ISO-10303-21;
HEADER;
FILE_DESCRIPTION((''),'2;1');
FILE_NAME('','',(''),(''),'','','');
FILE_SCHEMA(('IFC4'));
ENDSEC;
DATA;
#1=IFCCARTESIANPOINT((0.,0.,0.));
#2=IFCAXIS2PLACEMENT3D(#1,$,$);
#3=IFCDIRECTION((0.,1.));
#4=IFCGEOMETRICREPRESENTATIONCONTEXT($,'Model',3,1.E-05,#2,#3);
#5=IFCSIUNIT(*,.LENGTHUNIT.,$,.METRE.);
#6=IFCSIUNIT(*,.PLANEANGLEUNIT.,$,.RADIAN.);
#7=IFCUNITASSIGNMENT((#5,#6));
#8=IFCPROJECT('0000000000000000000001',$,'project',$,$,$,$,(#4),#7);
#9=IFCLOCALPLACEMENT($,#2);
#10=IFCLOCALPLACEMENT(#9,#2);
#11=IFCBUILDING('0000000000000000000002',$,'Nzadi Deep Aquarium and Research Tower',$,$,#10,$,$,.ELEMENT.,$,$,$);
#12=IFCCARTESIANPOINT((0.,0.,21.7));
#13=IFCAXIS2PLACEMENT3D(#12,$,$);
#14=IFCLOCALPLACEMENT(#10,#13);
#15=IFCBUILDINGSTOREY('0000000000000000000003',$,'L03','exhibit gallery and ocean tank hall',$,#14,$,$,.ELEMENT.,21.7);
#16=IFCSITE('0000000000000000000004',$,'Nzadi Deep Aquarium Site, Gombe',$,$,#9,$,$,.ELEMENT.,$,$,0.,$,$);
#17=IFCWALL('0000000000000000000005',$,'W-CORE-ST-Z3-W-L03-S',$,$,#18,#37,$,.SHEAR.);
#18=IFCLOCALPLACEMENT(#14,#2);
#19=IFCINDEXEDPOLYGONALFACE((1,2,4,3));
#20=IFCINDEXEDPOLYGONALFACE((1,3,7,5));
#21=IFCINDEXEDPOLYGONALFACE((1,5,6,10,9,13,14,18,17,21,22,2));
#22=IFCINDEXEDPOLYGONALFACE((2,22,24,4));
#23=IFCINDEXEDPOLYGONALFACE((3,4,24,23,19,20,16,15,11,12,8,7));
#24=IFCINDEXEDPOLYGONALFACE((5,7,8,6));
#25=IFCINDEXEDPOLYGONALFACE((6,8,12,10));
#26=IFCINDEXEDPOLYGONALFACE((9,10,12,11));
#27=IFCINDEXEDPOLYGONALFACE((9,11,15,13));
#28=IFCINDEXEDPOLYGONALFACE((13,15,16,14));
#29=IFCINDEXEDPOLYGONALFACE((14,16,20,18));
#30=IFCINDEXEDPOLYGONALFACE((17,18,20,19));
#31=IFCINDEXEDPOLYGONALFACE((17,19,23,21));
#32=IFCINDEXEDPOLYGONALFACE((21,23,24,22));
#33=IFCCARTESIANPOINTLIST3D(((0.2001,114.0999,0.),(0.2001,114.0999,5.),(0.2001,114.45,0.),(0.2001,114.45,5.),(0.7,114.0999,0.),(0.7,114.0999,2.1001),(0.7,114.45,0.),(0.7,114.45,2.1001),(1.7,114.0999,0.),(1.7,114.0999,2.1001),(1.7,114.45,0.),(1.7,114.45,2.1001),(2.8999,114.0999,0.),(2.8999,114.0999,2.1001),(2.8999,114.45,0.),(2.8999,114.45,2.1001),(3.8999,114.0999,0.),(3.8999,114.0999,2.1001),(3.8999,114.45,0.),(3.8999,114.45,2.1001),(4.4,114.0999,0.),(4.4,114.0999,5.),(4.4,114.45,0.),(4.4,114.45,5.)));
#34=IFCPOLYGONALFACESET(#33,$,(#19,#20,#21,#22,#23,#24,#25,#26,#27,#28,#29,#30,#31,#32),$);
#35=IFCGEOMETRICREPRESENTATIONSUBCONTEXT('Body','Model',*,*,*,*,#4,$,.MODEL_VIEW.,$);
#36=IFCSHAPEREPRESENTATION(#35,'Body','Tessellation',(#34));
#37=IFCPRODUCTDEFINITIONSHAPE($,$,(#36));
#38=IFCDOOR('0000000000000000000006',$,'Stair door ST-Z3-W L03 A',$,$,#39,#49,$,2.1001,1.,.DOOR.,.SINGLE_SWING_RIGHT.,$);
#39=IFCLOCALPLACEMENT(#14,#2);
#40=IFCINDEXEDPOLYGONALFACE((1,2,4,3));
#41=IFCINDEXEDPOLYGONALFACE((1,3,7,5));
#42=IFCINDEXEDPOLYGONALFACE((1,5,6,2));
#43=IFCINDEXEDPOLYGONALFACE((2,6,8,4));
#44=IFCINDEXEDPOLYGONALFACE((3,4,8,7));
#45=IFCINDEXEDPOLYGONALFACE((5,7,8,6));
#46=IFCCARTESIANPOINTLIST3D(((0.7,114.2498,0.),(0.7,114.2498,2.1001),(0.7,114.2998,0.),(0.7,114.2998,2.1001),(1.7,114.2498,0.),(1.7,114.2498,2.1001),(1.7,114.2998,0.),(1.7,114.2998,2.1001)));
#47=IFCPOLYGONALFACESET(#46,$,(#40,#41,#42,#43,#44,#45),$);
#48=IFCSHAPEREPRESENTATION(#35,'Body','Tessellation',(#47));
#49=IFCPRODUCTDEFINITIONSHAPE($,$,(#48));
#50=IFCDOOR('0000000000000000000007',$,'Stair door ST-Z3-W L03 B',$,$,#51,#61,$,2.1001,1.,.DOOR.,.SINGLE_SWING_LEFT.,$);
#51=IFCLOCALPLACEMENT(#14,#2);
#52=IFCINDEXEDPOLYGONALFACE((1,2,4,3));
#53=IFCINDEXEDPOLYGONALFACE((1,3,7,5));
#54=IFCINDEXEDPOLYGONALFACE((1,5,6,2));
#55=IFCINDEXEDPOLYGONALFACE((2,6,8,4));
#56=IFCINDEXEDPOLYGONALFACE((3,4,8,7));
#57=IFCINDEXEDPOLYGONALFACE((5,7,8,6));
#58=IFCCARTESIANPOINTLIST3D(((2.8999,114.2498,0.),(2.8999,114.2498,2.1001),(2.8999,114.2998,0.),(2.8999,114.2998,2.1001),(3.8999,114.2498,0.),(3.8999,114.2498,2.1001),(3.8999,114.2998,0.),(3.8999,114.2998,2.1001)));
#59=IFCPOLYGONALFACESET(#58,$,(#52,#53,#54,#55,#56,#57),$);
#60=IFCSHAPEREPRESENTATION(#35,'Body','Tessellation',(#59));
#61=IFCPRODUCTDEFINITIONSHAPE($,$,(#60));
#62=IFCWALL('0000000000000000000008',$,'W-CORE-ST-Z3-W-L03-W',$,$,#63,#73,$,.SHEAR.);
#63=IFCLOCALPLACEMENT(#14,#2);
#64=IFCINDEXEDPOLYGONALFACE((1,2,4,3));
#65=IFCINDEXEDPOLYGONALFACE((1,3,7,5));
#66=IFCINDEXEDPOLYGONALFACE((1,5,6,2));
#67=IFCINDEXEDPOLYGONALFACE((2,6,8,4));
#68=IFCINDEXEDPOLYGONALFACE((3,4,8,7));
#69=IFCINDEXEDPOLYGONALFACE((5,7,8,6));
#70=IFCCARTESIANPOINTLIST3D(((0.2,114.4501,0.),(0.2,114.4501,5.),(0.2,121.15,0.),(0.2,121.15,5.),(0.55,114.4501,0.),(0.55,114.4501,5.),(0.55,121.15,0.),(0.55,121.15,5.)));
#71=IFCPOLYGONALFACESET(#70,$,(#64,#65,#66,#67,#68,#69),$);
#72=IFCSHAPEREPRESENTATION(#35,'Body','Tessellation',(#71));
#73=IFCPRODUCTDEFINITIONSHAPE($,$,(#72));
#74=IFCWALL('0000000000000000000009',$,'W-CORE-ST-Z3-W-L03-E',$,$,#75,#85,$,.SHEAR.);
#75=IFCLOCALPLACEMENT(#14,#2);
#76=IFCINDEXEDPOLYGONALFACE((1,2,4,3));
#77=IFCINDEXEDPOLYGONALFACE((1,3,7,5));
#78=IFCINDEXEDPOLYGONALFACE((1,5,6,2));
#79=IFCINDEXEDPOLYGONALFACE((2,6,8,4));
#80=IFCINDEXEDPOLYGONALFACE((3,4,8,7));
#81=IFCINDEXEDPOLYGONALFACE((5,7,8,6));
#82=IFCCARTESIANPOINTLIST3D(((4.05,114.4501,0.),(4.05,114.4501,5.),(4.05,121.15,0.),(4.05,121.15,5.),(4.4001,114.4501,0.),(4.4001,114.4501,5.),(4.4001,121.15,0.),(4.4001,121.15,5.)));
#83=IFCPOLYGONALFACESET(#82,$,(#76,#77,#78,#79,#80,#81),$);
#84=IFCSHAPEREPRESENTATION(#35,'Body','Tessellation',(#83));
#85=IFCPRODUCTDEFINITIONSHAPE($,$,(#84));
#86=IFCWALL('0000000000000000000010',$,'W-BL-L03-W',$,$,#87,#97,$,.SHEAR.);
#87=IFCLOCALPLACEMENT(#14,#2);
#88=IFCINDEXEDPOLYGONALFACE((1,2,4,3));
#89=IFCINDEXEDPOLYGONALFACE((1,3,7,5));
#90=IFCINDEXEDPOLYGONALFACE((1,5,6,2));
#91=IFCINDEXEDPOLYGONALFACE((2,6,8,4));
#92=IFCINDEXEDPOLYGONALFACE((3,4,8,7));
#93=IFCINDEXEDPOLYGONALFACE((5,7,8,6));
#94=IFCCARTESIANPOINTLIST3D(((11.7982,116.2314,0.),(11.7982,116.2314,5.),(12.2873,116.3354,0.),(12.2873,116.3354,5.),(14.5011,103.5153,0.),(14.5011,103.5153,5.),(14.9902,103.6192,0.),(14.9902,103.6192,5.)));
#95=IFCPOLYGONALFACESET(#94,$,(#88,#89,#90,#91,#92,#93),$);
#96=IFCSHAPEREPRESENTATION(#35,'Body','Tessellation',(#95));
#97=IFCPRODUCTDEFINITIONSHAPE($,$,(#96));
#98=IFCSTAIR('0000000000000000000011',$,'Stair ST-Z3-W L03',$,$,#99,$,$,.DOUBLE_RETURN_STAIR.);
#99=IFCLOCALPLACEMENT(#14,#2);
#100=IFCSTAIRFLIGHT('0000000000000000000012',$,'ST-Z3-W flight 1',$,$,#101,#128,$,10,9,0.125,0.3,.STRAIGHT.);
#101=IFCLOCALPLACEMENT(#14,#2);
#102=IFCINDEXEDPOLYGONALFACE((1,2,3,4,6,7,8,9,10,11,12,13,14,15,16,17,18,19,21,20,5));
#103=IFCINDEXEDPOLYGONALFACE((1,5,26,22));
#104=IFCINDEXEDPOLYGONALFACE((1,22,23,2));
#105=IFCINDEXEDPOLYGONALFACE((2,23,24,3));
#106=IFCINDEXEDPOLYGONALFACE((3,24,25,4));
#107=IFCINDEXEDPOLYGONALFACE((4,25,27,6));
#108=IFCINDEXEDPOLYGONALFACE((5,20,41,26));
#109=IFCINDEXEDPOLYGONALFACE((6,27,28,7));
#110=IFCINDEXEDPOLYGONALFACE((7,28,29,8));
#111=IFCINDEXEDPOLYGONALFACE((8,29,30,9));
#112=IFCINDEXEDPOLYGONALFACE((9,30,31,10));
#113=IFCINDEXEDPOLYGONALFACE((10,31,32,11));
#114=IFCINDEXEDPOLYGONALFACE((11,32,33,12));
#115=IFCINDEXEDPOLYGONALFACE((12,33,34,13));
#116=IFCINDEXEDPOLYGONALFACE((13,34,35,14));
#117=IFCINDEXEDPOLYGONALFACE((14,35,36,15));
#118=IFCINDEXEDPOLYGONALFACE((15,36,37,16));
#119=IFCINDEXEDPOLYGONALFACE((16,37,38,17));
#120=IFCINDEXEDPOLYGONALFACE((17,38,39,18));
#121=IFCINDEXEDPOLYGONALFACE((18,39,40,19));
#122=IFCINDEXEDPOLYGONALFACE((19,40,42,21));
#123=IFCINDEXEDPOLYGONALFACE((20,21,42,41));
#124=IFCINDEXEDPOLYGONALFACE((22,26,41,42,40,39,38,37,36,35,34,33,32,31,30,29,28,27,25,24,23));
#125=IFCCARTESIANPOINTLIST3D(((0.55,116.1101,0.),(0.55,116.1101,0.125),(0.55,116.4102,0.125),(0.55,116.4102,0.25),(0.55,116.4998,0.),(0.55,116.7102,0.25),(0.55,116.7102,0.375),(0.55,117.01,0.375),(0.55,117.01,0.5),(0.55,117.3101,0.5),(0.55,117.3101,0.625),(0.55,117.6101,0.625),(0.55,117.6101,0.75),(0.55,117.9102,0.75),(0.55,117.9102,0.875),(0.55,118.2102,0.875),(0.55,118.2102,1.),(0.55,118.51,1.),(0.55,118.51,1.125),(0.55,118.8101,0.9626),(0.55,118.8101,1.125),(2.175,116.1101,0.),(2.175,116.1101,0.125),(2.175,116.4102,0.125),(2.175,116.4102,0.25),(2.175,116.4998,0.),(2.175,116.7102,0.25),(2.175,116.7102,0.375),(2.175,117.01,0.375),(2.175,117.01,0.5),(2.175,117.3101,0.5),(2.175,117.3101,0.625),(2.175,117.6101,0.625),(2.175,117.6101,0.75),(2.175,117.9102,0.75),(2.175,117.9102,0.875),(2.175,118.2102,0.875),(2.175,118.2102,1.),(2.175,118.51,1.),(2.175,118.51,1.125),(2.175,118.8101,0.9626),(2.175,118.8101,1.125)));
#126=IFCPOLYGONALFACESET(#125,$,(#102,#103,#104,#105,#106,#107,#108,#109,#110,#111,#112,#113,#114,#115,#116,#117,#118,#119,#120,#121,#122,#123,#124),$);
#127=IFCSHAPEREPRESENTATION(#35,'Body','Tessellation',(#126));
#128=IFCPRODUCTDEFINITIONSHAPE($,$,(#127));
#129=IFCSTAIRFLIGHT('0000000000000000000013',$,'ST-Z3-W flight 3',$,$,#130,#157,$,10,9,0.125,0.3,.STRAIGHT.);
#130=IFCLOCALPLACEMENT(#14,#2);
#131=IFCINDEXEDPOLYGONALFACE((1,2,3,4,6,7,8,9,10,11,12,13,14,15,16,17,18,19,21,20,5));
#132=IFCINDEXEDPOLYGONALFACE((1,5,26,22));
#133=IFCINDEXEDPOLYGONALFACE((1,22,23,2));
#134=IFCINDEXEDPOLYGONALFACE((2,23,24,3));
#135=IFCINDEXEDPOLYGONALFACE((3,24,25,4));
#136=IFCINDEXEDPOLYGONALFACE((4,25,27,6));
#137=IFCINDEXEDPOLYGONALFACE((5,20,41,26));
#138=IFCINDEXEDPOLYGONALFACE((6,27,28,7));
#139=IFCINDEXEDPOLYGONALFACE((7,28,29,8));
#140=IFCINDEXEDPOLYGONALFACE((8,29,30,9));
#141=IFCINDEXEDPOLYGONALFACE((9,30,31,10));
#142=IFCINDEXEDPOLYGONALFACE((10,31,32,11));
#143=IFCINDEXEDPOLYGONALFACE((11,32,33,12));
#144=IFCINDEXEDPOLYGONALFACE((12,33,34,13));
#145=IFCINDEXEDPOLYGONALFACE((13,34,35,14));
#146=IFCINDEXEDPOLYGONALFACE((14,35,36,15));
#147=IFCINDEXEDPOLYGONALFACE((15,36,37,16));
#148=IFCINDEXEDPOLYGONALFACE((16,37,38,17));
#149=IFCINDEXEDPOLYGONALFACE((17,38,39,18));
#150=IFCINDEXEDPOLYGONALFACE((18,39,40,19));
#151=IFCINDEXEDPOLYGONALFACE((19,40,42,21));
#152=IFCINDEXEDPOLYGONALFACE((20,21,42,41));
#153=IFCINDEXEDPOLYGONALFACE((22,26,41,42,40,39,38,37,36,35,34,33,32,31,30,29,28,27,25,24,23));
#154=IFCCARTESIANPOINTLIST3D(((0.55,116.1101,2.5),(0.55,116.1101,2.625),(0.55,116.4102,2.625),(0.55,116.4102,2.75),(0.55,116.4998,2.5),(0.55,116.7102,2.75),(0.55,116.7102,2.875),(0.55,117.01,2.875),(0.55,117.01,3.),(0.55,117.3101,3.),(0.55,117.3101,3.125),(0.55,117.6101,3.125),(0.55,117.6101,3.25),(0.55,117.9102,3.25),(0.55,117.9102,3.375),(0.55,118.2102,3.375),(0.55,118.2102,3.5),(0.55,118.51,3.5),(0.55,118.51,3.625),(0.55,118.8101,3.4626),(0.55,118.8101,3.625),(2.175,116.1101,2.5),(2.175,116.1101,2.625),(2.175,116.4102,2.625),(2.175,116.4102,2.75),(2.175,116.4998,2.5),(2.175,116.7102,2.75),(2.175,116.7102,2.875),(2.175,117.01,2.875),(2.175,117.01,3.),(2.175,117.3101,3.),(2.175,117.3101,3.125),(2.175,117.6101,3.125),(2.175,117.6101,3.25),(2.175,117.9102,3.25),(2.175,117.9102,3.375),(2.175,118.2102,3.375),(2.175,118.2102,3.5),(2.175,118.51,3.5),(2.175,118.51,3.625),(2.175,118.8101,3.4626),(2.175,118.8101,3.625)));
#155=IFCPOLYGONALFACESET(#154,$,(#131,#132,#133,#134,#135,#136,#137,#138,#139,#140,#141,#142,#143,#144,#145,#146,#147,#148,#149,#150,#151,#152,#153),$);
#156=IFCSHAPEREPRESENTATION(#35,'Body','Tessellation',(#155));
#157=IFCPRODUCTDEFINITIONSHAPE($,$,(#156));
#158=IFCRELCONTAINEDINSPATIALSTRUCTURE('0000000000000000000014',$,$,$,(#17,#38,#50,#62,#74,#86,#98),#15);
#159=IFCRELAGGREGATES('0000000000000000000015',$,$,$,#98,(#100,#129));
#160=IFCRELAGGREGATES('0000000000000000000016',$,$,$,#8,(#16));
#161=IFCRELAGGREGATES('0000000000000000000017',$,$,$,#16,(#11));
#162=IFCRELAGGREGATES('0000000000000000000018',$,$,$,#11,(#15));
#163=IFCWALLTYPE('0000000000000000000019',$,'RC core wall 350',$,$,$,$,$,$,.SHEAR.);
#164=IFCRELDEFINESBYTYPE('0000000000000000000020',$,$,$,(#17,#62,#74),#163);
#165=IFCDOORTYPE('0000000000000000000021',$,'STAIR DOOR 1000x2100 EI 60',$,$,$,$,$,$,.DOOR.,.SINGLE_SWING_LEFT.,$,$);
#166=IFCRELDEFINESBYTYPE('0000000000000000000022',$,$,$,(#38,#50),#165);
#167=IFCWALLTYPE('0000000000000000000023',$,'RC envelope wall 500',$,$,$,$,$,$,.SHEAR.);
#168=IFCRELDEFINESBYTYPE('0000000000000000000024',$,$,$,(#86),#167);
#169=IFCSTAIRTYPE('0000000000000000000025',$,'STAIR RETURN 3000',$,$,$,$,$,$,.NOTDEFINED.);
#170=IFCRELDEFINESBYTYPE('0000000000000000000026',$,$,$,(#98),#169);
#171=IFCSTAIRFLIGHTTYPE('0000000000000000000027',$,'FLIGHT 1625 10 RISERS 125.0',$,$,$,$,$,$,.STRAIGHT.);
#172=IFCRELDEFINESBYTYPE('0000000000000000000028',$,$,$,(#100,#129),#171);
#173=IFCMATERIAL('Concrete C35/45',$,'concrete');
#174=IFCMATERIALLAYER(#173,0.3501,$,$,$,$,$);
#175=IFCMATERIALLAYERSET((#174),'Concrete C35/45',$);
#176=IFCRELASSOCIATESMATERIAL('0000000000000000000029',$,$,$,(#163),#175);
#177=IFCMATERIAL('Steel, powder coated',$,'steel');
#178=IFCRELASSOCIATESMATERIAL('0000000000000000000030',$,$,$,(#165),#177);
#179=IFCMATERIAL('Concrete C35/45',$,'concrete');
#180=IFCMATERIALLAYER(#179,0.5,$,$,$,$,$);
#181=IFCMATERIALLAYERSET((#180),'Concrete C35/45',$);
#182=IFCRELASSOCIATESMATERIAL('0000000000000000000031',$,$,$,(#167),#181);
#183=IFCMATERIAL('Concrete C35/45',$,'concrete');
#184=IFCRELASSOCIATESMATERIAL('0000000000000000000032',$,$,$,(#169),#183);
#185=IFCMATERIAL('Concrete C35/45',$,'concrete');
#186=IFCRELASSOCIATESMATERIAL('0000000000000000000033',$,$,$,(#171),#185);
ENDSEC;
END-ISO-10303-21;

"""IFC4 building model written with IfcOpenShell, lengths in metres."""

from ifc_helpers import new_model, si_unit, direction, frame, frame_2d, origin, place, context, subcontext, project, spatial, polyline, rectangle, outline, extrude, material, layer, layer_set, type_object, element, fill, aggregate, save


model = new_model("IFC4")

# Units and contexts
model_context = context("Model", 3, precision=1e-05, world=origin(), true_north=direction((0.0, 1.0)))
body_context = subcontext(model_context, "Body", "Model", "MODEL_VIEW")
ifc_project = project(units=[si_unit("LENGTHUNIT", "METRE"), si_unit("PLANEANGLEUNIT", "RADIAN")], contexts=[model_context])

# Site, building, storey
site_placement = place(None, origin())
site = spatial("IfcSite", under=ifc_project, at=site_placement, Name="Nzadi Deep Aquarium Site, Gombe", CompositionType="ELEMENT", RefElevation=0.0)
building_placement = place(site_placement, origin())
building = spatial("IfcBuilding", under=site, at=building_placement, Name="Nzadi Deep Aquarium and Research Tower", CompositionType="ELEMENT")
storey_placement = place(building_placement, frame((0.0, 0.0, 21.7)))
storey = spatial("IfcBuildingStorey", under=building, at=storey_placement, Name="L03", Description="exhibit gallery and ocean tank hall", CompositionType="ELEMENT", Elevation=21.7)

# Wall, openings, doors
ifc_material_1 = material(Name="Concrete C35/45", Category="concrete")
ifc_layer_1 = layer(ifc_material_1, 0.3501)
ifc_layer_set_1 = layer_set([ifc_layer_1], Name="Concrete C35/45")
wall_type_1 = type_object("IfcWallType", Name="RC core wall 350", PredefinedType="SHEAR", material=ifc_layer_set_1)
wall_1_placement = place(storey_placement, frame((0.2, 114.2749, 0.0), z_axis=(0.0, 0.0, 1.0), x_axis=(1.0, 0.0, 0.0)))
wall_1 = element("IfcWall", 1, at=wall_1_placement, inside=storey, type_object=wall_type_1, Name="W-CORE-ST-Z3-W-L03-S", PredefinedType="SHEAR", context=body_context, shape_type="SweptSolid", body=[
    extrude(rectangle(XDim=4.2, YDim=0.3501, at=frame_2d((2.1001, 0.0))), origin(), (0.0, 0.0, 1.0), 5.0),
])
opening_1_placement = place(wall_1_placement, frame((0.5, 0.0, 0.0)))
opening_1 = element("IfcOpeningElement", 2, at=opening_1_placement, cuts=wall_1, PredefinedType="OPENING", context=body_context, shape_type="SweptSolid", body=[
    extrude(rectangle(XDim=1.0, YDim=2.1001, at=frame_2d((0.5, 1.05))), frame((0.0, 0.1851, 0.0), z_axis=(0.0, -1.0, 0.0), x_axis=(1.0, 0.0, 0.0)), (0.0, 0.0, 1.0), 0.3701),
])
opening_2_placement = place(wall_1_placement, frame((2.7, 0.0, 0.0)))
opening_2 = element("IfcOpeningElement", 3, at=opening_2_placement, cuts=wall_1, PredefinedType="OPENING", context=body_context, shape_type="SweptSolid", body=[
    extrude(rectangle(XDim=1.0, YDim=2.1001, at=frame_2d((0.5, 1.05))), frame((0.0, 0.1851, 0.0), z_axis=(0.0, -1.0, 0.0), x_axis=(1.0, 0.0, 0.0)), (0.0, 0.0, 1.0), 0.3701),
])
ifc_material_2 = material(Name="Steel, powder coated", Category="steel")
door_type_1 = type_object("IfcDoorType", Name="STAIR DOOR 1000x2100 EI 60", OperationType="SINGLE_SWING_LEFT", PredefinedType="DOOR", material=ifc_material_2)
door_1_placement = place(opening_1_placement, origin())
door_1 = element("IfcDoor", 4, at=door_1_placement, inside=storey, type_object=door_type_1, Name="Stair door ST-Z3-W L03 A", OperationType="SINGLE_SWING_RIGHT", OverallHeight=2.1001, OverallWidth=1.0, PredefinedType="DOOR", context=body_context, shape_type="SweptSolid", body=[
    extrude(rectangle(XDim=1.0, YDim=2.1001, at=frame_2d((0.5, 1.05))), frame((0.0, 0.0249, 0.0), z_axis=(0.0, -1.0, 0.0), x_axis=(1.0, 0.0, 0.0)), (0.0, 0.0, 1.0), 0.05),
])
fill(opening_1, door_1)
door_2_placement = place(opening_2_placement, origin())
door_2 = element("IfcDoor", 5, at=door_2_placement, inside=storey, type_object=door_type_1, Name="Stair door ST-Z3-W L03 B", OperationType="SINGLE_SWING_LEFT", OverallHeight=2.1001, OverallWidth=1.0, PredefinedType="DOOR", context=body_context, shape_type="SweptSolid", body=[
    extrude(rectangle(XDim=1.0, YDim=2.1001, at=frame_2d((0.5, 1.05))), frame((0.0, 0.0249, 0.0), z_axis=(0.0, -1.0, 0.0), x_axis=(1.0, 0.0, 0.0)), (0.0, 0.0, 1.0), 0.05),
])
fill(opening_2, door_2)

# Walls
for number, where, z_axis, x_axis, name in (
    (6, (0.375, 114.45, 0.0), (0.0, 0.0, 1.0), (0.0, 1.0, 0.0), "W-CORE-ST-Z3-W-L03-W"),
    (7, (4.2251, 114.45, 0.0), (0.0, 0.0, 1.0), (0.0, 1.0, 0.0), "W-CORE-ST-Z3-W-L03-E"),
):
    element("IfcWall", number, at=place(storey_placement, frame(where, z_axis=z_axis, x_axis=x_axis)), inside=storey, type_object=wall_type_1, Name=name, PredefinedType="SHEAR", context=body_context, shape_type="SweptSolid", body=[
        extrude(rectangle(XDim=6.7, YDim=0.3501, at=frame_2d((3.3501, 0.0))), origin(), (0.0, 0.0, 1.0), 5.0),
    ])

# Shared definitions
ifc_material_3 = material(Name="Concrete C35/45", Category="concrete")
ifc_layer_2 = layer(ifc_material_3, 0.5)
ifc_layer_set_2 = layer_set([ifc_layer_2], Name="Concrete C35/45")
wall_type_2 = type_object("IfcWallType", Name="RC envelope wall 500", PredefinedType="SHEAR", material=ifc_layer_set_2)

# Wall
wall_2_placement = place(storey_placement, frame((14.7456, 103.5674, 0.0), z_axis=(0.0, 0.0, 1.0), x_axis=(-0.207912, 0.978148, 0.0)))
element("IfcWall", 8, at=wall_2_placement, inside=storey, type_object=wall_type_2, Name="W-BL-L03-W", PredefinedType="SHEAR", context=body_context, shape_type="SweptSolid", body=[
    extrude(rectangle(XDim=13.0002, YDim=0.5, at=frame_2d((6.5, 0.0))), origin(), (0.0, 0.0, 1.0), 5.0),
])

# Stair, stair flights
ifc_material_4 = material(Name="Concrete C35/45", Category="concrete")
stair_type = type_object("IfcStairType", Name="STAIR RETURN 3000", PredefinedType="NOTDEFINED", material=ifc_material_4)
stair_placement = place(storey_placement, origin())
stair = element("IfcStair", 9, at=stair_placement, inside=storey, type_object=stair_type, Name="Stair ST-Z3-W L03", PredefinedType="DOUBLE_RETURN_STAIR")
ifc_material_5 = material(Name="Concrete C35/45", Category="concrete")
stair_flight_type = type_object("IfcStairFlightType", Name="FLIGHT 1625 10 RISERS 125.0", PredefinedType="STRAIGHT", material=ifc_material_5)
stair_flight_1_placement = place(storey_placement, frame((1.3625, 116.1101, 0.0), z_axis=(0.0, 0.0, 1.0), x_axis=(0.0, 1.0, 0.0)))
stair_flight_1 = element("IfcStairFlight", 10, at=stair_flight_1_placement, type_object=stair_flight_type, Name="ST-Z3-W flight 1", NumberOfRisers=10, NumberOfTreads=9, PredefinedType="STRAIGHT", RiserHeight=0.125, TreadLength=0.3, context=body_context, shape_type="SweptSolid", body=[
    extrude(outline(polyline([(0.0, 0.0), (0.0, 0.125), (0.3, 0.125), (0.3, 0.25), (0.6001, 0.25), (0.6001, 0.375), (0.8999, 0.375), (0.8999, 0.5), (1.2, 0.5), (1.2, 0.625), (1.5, 0.625), (1.5, 0.75), (1.8, 0.75), (1.8, 0.875), (2.1001, 0.875), (2.1001, 1.0), (2.3999, 1.0), (2.3999, 1.125), (2.7, 1.125), (2.7, 1.25), (2.7, 0.9626), (0.3896, 0.0), (0.0, 0.0)])), frame((0.0, 0.8125, 0.0), z_axis=(0.0, -1.0, 0.0), x_axis=(1.0, 0.0, 0.0)), (0.0, 0.0, 1.0), 1.625),
])
stair_flight_2_placement = place(storey_placement, frame((1.3625, 116.1101, 2.5), z_axis=(0.0, 0.0, 1.0), x_axis=(0.0, 1.0, 0.0)))
stair_flight_2 = element("IfcStairFlight", 11, at=stair_flight_2_placement, type_object=stair_flight_type, Name="ST-Z3-W flight 3", NumberOfRisers=10, NumberOfTreads=9, PredefinedType="STRAIGHT", RiserHeight=0.125, TreadLength=0.3, context=body_context, shape_type="SweptSolid", body=[
    extrude(outline(polyline([(0.0, 0.0), (0.0, 0.125), (0.3, 0.125), (0.3, 0.25), (0.6001, 0.25), (0.6001, 0.375), (0.8999, 0.375), (0.8999, 0.5), (1.2, 0.5), (1.2, 0.625), (1.5, 0.625), (1.5, 0.75), (1.8, 0.75), (1.8, 0.875), (2.1001, 0.875), (2.1001, 1.0), (2.3999, 1.0), (2.3999, 1.125), (2.7, 1.125), (2.7, 1.25), (2.7, 0.9626), (0.3896, 0.0), (0.0, 0.0)])), frame((0.0, 0.8125, 0.0), z_axis=(0.0, -1.0, 0.0), x_axis=(1.0, 0.0, 0.0)), (0.0, 0.0, 1.0), 1.625),
])
aggregate(stair, [stair_flight_1, stair_flight_2])

save(model, "model.ifc")
